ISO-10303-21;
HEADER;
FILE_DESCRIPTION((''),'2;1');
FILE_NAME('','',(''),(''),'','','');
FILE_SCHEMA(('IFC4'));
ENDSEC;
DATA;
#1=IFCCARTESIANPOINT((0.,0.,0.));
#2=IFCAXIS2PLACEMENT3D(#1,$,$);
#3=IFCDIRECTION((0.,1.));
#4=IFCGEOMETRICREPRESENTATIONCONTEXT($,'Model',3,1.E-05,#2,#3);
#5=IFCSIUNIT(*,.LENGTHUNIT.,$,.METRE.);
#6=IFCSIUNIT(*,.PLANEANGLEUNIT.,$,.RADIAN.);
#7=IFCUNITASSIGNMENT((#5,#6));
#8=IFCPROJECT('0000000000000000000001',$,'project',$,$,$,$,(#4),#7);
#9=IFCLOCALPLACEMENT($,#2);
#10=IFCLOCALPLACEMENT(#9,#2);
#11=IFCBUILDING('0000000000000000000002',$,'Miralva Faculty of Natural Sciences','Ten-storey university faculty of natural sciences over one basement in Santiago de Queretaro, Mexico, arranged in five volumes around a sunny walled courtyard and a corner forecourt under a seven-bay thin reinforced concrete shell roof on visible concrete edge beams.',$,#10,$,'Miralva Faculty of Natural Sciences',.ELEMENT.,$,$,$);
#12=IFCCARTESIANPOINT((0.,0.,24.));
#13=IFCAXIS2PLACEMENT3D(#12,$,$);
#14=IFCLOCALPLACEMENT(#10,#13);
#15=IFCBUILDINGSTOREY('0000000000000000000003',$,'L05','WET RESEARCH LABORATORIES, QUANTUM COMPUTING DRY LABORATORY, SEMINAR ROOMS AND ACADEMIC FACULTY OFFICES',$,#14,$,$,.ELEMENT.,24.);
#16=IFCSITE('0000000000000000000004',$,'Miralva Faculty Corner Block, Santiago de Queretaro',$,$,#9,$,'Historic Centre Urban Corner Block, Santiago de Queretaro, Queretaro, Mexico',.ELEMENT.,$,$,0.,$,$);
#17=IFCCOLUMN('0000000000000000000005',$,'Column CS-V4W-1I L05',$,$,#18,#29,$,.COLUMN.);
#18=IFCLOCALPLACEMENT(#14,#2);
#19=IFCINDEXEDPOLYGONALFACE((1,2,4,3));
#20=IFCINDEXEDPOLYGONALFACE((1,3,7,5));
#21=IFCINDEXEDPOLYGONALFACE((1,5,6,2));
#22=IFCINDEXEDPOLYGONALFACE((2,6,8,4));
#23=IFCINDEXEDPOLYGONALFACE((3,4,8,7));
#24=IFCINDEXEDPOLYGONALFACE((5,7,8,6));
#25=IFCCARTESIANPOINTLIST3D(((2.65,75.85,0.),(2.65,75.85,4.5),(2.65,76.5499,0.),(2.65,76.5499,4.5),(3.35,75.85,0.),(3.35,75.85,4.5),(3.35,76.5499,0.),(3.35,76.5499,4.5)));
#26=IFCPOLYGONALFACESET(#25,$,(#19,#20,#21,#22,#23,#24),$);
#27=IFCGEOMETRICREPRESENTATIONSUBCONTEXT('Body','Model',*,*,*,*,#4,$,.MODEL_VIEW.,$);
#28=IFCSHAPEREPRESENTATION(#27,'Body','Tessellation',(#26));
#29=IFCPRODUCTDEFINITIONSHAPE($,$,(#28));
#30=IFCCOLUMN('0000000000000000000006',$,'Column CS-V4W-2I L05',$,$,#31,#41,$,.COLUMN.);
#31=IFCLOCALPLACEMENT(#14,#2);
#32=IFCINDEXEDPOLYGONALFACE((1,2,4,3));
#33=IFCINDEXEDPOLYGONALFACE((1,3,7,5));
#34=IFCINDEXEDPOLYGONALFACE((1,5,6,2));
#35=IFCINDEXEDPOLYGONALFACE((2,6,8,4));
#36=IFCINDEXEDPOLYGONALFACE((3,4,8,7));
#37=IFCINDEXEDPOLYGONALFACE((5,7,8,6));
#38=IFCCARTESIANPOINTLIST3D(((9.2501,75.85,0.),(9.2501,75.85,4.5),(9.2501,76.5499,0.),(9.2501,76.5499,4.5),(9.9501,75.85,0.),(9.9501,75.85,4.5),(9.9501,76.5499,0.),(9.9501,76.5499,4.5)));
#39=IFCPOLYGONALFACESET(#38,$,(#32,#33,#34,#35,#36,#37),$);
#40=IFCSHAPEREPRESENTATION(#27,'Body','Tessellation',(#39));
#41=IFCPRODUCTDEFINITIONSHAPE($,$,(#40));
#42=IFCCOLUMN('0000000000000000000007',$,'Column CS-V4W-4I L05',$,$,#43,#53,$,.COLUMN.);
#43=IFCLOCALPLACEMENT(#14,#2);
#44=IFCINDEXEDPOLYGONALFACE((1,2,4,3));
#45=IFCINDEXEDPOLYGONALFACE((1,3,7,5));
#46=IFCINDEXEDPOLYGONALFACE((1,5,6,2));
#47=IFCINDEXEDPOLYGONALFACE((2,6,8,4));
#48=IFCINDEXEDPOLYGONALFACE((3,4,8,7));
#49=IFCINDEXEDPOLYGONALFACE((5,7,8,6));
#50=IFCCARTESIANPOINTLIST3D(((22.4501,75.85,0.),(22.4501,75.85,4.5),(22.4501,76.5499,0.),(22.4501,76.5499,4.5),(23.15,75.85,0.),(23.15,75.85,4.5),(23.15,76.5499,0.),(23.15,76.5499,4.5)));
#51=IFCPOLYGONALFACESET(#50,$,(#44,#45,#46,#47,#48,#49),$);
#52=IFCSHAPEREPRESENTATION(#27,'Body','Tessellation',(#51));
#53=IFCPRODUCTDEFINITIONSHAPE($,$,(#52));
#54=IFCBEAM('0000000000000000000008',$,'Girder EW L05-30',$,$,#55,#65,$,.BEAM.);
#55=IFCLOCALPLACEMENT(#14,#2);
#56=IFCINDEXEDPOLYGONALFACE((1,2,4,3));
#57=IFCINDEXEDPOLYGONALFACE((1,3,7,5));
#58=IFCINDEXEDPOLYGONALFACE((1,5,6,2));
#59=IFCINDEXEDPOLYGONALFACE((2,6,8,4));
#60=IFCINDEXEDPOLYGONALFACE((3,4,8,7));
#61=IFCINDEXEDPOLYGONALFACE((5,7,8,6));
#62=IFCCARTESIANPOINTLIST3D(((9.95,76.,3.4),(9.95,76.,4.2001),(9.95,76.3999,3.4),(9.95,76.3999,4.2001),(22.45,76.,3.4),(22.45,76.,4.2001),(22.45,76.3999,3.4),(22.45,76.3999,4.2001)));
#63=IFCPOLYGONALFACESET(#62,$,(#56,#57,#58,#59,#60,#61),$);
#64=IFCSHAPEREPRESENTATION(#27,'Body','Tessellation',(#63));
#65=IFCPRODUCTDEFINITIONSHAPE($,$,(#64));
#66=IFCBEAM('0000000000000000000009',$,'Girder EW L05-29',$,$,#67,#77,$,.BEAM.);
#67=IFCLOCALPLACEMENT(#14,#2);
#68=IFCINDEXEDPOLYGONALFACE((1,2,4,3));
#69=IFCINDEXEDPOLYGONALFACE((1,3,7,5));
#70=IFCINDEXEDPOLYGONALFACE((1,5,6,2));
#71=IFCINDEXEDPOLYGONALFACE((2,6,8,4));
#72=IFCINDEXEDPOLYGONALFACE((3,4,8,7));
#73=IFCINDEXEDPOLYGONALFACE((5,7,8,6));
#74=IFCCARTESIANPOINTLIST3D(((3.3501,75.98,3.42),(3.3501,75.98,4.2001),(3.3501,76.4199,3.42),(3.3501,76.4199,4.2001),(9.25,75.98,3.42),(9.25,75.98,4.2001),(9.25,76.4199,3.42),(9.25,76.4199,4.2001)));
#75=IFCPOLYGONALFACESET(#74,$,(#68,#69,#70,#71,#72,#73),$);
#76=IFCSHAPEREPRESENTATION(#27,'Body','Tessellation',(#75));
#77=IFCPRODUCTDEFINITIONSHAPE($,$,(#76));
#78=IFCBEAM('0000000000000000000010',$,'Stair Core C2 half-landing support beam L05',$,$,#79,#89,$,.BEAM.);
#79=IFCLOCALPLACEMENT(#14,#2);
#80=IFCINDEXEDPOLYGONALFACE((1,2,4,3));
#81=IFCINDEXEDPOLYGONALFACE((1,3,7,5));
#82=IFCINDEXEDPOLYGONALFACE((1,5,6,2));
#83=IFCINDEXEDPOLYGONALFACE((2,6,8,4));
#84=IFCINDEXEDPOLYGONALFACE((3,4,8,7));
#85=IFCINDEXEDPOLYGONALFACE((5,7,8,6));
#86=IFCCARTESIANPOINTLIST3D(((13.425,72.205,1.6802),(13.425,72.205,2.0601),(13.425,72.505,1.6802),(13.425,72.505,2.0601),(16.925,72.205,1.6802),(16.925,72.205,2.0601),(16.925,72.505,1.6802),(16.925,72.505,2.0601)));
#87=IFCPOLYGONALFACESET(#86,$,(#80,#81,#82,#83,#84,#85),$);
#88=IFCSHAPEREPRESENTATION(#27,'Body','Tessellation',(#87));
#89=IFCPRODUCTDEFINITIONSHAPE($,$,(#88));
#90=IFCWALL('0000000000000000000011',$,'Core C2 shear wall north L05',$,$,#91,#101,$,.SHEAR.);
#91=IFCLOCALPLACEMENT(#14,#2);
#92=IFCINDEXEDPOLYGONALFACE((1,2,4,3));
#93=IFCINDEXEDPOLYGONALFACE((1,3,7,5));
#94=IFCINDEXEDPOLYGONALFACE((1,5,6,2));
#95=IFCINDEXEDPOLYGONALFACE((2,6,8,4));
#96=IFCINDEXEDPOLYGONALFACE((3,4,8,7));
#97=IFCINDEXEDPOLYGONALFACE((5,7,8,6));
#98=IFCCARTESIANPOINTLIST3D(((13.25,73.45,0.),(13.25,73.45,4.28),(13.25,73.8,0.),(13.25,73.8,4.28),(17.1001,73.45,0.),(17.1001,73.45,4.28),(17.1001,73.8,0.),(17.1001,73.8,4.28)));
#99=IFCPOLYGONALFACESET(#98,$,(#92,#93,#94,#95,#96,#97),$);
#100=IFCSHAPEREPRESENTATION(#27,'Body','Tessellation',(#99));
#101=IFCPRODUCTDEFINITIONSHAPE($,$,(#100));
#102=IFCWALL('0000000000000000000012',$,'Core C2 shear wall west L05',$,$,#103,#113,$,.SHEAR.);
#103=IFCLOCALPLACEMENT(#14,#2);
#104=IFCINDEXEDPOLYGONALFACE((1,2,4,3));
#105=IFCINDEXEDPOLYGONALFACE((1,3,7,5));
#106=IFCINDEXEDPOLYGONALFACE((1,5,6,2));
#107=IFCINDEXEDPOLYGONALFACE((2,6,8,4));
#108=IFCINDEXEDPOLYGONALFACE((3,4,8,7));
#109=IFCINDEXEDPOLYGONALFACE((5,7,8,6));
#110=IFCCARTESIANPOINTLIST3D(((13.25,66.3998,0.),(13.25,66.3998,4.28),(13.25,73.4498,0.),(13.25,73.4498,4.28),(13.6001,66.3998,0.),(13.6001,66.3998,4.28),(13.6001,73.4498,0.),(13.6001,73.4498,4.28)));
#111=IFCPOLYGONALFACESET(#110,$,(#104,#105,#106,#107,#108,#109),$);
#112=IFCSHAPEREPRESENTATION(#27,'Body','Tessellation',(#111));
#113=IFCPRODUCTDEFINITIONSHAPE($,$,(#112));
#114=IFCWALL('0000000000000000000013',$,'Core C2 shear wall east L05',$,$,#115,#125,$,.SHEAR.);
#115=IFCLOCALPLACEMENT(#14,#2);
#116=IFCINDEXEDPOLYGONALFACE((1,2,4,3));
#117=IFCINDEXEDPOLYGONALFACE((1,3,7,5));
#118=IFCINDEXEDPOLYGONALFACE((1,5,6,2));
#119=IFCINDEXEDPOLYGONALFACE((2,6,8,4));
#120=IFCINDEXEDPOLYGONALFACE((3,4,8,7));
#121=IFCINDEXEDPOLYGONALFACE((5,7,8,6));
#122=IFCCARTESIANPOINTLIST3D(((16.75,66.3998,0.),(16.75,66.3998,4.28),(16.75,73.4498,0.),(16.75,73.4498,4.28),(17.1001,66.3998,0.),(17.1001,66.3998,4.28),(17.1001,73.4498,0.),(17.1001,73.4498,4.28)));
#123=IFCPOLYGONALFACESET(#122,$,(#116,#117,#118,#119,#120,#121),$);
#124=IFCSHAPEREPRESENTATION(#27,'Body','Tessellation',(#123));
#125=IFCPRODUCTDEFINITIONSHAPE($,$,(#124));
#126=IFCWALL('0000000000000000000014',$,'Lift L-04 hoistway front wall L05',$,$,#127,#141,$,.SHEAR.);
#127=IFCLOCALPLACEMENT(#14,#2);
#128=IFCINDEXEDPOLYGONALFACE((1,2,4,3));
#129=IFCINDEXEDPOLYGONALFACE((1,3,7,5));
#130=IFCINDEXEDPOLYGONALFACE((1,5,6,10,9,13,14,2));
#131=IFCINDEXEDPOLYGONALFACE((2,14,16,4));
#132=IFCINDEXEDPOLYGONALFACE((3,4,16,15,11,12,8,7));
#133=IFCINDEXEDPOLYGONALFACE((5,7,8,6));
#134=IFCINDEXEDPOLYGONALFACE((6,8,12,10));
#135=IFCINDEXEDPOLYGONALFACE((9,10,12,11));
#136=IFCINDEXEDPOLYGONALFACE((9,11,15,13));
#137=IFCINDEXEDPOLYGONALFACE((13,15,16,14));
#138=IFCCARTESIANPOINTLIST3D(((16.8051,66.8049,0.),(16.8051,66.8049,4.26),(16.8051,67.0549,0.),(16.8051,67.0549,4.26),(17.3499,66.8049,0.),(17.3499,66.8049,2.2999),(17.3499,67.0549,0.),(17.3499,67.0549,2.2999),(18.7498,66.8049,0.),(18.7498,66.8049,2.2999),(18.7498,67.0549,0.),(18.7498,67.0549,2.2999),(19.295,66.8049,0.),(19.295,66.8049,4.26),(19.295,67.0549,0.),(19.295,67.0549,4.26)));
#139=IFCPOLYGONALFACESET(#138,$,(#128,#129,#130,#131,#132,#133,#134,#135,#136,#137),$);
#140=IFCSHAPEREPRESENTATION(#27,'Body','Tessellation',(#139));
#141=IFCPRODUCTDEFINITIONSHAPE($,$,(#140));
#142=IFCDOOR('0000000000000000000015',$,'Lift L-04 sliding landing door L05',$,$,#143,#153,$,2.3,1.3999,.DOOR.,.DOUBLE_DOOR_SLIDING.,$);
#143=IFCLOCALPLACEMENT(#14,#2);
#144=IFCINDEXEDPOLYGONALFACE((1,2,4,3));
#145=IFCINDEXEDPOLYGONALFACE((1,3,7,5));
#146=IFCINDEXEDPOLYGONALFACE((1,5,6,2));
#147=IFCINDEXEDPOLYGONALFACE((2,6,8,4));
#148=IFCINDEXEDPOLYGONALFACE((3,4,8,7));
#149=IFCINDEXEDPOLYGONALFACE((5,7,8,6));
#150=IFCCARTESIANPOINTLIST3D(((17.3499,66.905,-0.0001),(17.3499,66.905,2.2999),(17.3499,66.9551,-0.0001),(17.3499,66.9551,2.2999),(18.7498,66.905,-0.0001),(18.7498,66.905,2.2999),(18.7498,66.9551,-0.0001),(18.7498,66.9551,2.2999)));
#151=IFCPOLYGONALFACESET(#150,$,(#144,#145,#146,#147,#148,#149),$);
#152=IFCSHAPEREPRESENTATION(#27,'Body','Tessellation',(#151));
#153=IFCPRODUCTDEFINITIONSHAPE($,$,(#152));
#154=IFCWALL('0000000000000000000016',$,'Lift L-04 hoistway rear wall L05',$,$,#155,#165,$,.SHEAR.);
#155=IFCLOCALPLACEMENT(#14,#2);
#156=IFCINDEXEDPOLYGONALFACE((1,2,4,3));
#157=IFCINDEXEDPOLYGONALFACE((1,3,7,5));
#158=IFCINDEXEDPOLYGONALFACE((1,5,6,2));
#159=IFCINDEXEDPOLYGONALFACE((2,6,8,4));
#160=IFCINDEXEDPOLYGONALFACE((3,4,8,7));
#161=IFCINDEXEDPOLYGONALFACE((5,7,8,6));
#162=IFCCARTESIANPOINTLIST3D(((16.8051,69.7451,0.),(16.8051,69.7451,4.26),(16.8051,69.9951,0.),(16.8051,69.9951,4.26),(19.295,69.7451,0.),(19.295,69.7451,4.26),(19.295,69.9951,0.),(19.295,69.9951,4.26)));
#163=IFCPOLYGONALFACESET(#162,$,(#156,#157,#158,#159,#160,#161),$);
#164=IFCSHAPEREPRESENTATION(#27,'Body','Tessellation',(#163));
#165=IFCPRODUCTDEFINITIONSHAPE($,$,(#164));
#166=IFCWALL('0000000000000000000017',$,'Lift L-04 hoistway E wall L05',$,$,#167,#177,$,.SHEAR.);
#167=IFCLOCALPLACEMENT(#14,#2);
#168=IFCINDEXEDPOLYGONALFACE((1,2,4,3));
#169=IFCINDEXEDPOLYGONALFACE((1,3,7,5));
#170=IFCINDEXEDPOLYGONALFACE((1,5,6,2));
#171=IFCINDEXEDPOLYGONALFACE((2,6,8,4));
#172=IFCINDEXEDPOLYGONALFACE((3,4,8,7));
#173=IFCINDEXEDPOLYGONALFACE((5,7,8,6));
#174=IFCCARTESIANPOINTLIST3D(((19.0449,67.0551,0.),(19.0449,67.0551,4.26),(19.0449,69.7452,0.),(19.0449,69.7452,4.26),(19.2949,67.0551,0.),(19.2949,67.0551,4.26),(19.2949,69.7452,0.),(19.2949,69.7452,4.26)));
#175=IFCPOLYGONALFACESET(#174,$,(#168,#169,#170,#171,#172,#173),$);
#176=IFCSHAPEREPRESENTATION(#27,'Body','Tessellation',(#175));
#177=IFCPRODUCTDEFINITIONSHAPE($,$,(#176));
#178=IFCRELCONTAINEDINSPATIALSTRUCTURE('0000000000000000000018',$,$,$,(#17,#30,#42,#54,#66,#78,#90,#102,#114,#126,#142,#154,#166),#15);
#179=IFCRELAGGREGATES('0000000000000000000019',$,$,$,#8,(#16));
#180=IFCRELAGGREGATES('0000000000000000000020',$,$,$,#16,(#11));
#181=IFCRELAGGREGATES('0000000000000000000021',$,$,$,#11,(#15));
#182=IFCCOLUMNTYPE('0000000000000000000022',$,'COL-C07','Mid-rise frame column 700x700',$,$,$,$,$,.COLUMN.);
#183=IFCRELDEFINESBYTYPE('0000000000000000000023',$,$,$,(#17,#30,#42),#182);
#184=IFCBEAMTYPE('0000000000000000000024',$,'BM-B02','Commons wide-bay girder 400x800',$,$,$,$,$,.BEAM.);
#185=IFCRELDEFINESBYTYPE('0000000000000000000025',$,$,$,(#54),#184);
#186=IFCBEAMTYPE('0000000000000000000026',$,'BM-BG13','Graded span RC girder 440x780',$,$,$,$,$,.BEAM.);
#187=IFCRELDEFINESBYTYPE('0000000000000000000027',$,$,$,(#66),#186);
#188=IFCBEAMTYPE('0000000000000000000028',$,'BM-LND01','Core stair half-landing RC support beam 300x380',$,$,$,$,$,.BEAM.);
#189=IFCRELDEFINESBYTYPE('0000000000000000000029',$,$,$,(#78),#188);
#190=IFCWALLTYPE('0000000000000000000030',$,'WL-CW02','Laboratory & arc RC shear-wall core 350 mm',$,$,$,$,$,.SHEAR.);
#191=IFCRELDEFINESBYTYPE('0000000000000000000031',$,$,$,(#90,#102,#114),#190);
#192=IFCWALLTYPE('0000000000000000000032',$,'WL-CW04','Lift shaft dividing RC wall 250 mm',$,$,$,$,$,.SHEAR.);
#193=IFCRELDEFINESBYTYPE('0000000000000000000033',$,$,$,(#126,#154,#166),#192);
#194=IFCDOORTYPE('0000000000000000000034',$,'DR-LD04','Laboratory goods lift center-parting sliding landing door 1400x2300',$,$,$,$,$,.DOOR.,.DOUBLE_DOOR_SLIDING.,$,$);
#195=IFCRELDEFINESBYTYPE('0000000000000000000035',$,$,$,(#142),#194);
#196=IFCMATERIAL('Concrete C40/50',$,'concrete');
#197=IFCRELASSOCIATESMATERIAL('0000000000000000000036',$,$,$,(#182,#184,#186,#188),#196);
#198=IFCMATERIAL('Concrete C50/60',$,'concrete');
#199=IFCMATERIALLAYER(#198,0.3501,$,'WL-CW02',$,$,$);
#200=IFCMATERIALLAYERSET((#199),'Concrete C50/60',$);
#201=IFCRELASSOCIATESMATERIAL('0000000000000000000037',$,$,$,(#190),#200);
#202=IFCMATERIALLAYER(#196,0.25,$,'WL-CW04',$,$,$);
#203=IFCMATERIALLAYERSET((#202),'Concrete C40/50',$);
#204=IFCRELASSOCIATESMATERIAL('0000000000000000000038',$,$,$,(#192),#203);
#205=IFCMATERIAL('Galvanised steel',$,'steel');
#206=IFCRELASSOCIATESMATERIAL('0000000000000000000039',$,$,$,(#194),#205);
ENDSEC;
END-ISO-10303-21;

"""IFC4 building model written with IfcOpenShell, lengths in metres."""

from ifc_helpers import new_model, si_unit, direction, frame, frame_2d, origin, origin_2d, place, context, subcontext, project, spatial, rectangle, extrude, material, layer, layer_set, material_profile, profile_set, type_object, element, fill, save


model = new_model("IFC4")

# Units and contexts
model_context = context("Model", 3, precision=1e-05, world=origin(), true_north=direction((0.0, 1.0)))
body_context = subcontext(model_context, "Body", "Model", "MODEL_VIEW")
ifc_project = project(units=[si_unit("LENGTHUNIT", "METRE"), si_unit("PLANEANGLEUNIT", "RADIAN")], contexts=[model_context])

# Site, building, storey
site_placement = place(None, origin())
site = spatial("IfcSite", under=ifc_project, at=site_placement, Name="Miralva Faculty Corner Block, Santiago de Queretaro", LongName="Historic Centre Urban Corner Block, Santiago de Queretaro, Queretaro, Mexico", CompositionType="ELEMENT", RefElevation=0.0)
building_placement = place(site_placement, origin())
building = spatial("IfcBuilding", under=site, at=building_placement, Name="Miralva Faculty of Natural Sciences", Description="Ten-storey university faculty of natural sciences over one basement in Santiago de Queretaro, Mexico, arranged in five volumes around a sunny walled courtyard and a corner forecourt under a seven-bay thin reinforced concrete shell roof on visible concrete edge beams.", LongName="Miralva Faculty of Natural Sciences", CompositionType="ELEMENT")
storey_placement = place(building_placement, frame((0.0, 0.0, 24.0)))
storey = spatial("IfcBuildingStorey", under=building, at=storey_placement, Name="L05", Description="WET RESEARCH LABORATORIES, QUANTUM COMPUTING DRY LABORATORY, SEMINAR ROOMS AND ACADEMIC FACULTY OFFICES", CompositionType="ELEMENT", Elevation=24.0)

# Columns
ifc_material_1 = material(Name="Concrete C40/50", Category="concrete")
ifc_material_profile_1 = material_profile(ifc_material_1, rectangle(XDim=0.7, YDim=0.7, at=origin_2d()), Name="RC 700x700")
ifc_profile_set_1 = profile_set([ifc_material_profile_1], Name="Concrete C40/50")
column_type = type_object("IfcColumnType", Name="COL-C07", Description="Mid-rise frame column 700x700", PredefinedType="COLUMN", material=ifc_profile_set_1)
for number, where, z_axis, x_axis, name in (
    (1, (3.0, 76.2, 0.0), (0.0, 0.0, 1.0), (1.0, 0.0, 0.0), "Column CS-V4W-1I L05"),
    (2, (9.6001, 76.2, 0.0), (0.0, 0.0, 1.0), (1.0, 0.0, 0.0), "Column CS-V4W-2I L05"),
    (3, (22.8, 76.2, 0.0), (0.0, 0.0, 1.0), (1.0, 0.0, 0.0), "Column CS-V4W-4I L05"),
):
    element("IfcColumn", number, at=place(storey_placement, frame(where, z_axis=z_axis, x_axis=x_axis)), inside=storey, type_object=column_type, Name=name, PredefinedType="COLUMN", context=body_context, shape_type="SweptSolid", body=[
        extrude(rectangle(XDim=0.7, YDim=0.7, at=origin_2d()), origin(), (0.0, 0.0, 1.0), 4.5),
    ])

# Beams
ifc_material_profile_2 = material_profile(ifc_material_1, rectangle(XDim=0.3999, YDim=0.8, at=origin_2d()), Name="RC 400x800")
ifc_profile_set_2 = profile_set([ifc_material_profile_2], Name="Concrete C40/50")
beam_type_1 = type_object("IfcBeamType", Name="BM-B02", Description="Commons wide-bay girder 400x800", PredefinedType="BEAM", material=ifc_profile_set_2)
beam_1_placement = place(storey_placement, frame((9.95, 76.2, 3.8), z_axis=(1.0, 0.0, 0.0), x_axis=(0.0, 1.0, 0.0)))
element("IfcBeam", 4, at=beam_1_placement, inside=storey, type_object=beam_type_1, Name="Girder EW L05-30", PredefinedType="BEAM", context=body_context, shape_type="SweptSolid", body=[
    extrude(rectangle(XDim=0.3999, YDim=0.8, at=origin_2d()), origin(), (0.0, 0.0, 1.0), 12.5),
])
ifc_material_profile_3 = material_profile(ifc_material_1, rectangle(XDim=0.4399, YDim=0.78, at=origin_2d()), Name="RC 440x780")
ifc_profile_set_3 = profile_set([ifc_material_profile_3], Name="Concrete C40/50")
beam_type_2 = type_object("IfcBeamType", Name="BM-BG13", Description="Graded span RC girder 440x780", PredefinedType="BEAM", material=ifc_profile_set_3)
beam_2_placement = place(storey_placement, frame((3.3501, 76.2, 3.8101), z_axis=(1.0, 0.0, 0.0), x_axis=(0.0, 1.0, 0.0)))
element("IfcBeam", 5, at=beam_2_placement, inside=storey, type_object=beam_type_2, Name="Girder EW L05-29", PredefinedType="BEAM", context=body_context, shape_type="SweptSolid", body=[
    extrude(rectangle(XDim=0.4399, YDim=0.78, at=origin_2d()), origin(), (0.0, 0.0, 1.0), 5.8999),
])
ifc_material_profile_4 = material_profile(ifc_material_1, rectangle(XDim=0.3, YDim=0.3799, at=origin_2d()), Name="RC 300x380")
ifc_profile_set_4 = profile_set([ifc_material_profile_4], Name="Concrete C40/50")
beam_type_3 = type_object("IfcBeamType", Name="BM-LND01", Description="Core stair half-landing RC support beam 300x380", PredefinedType="BEAM", material=ifc_profile_set_4)
beam_3_placement = place(storey_placement, frame((13.425, 72.355, 1.8701), z_axis=(1.0, 0.0, 0.0), x_axis=(0.0, 1.0, 0.0)))
element("IfcBeam", 6, at=beam_3_placement, inside=storey, type_object=beam_type_3, Name="Stair Core C2 half-landing support beam L05", PredefinedType="BEAM", context=body_context, shape_type="SweptSolid", body=[
    extrude(rectangle(XDim=0.3, YDim=0.3799, at=origin_2d()), origin(), (0.0, 0.0, 1.0), 3.5),
])

# Walls
ifc_material_2 = material(Name="Concrete C50/60", Category="concrete")
ifc_layer_1 = layer(ifc_material_2, 0.3501, Name="WL-CW02")
ifc_layer_set_1 = layer_set([ifc_layer_1], Name="Concrete C50/60")
wall_type_1 = type_object("IfcWallType", Name="WL-CW02", Description="Laboratory & arc RC shear-wall core 350 mm", PredefinedType="SHEAR", material=ifc_layer_set_1)
wall_1_placement = place(storey_placement, frame((13.25, 73.625, 0.0), z_axis=(0.0, 0.0, 1.0), x_axis=(1.0, 0.0, 0.0)))
element("IfcWall", 7, at=wall_1_placement, inside=storey, type_object=wall_type_1, Name="Core C2 shear wall north L05", PredefinedType="SHEAR", context=body_context, shape_type="SweptSolid", body=[
    extrude(rectangle(XDim=3.8501, YDim=0.3501, at=frame_2d((1.925, 0.0))), origin(), (0.0, 0.0, 1.0), 4.28),
])
for number, where, z_axis, x_axis, name in (
    (8, (13.425, 66.3999, 0.0), (0.0, 0.0, 1.0), (0.0, 1.0, 0.0), "Core C2 shear wall west L05"),
    (9, (16.925, 66.3999, 0.0), (0.0, 0.0, 1.0), (0.0, 1.0, 0.0), "Core C2 shear wall east L05"),
):
    element("IfcWall", number, at=place(storey_placement, frame(where, z_axis=z_axis, x_axis=x_axis)), inside=storey, type_object=wall_type_1, Name=name, PredefinedType="SHEAR", context=body_context, shape_type="SweptSolid", body=[
        extrude(rectangle(XDim=7.05, YDim=0.3501, at=frame_2d((3.5249, 0.0))), origin(), (0.0, 0.0, 1.0), 4.28),
    ])

# Wall, opening, door
ifc_layer_2 = layer(ifc_material_1, 0.25, Name="WL-CW04")
ifc_layer_set_2 = layer_set([ifc_layer_2], Name="Concrete C40/50")
wall_type_2 = type_object("IfcWallType", Name="WL-CW04", Description="Lift shaft dividing RC wall 250 mm", PredefinedType="SHEAR", material=ifc_layer_set_2)
wall_2_placement = place(storey_placement, frame((16.8049, 66.9299, 0.0), z_axis=(0.0, 0.0, 1.0), x_axis=(1.0, 0.0, 0.0)))
wall_2 = element("IfcWall", 10, at=wall_2_placement, inside=storey, type_object=wall_type_2, Name="Lift L-04 hoistway front wall L05", PredefinedType="SHEAR", context=body_context, shape_type="SweptSolid", body=[
    extrude(rectangle(XDim=2.49, YDim=0.25, at=frame_2d((1.2451, 0.0))), origin(), (0.0, 0.0, 1.0), 4.26),
])
opening_1_placement = place(wall_2_placement, frame((0.5449, 0.0, 0.0)))
opening_1 = element("IfcOpeningElement", 11, at=opening_1_placement, cuts=wall_2, PredefinedType="OPENING", context=body_context, shape_type="SweptSolid", body=[
    extrude(rectangle(XDim=1.3999, YDim=2.3, at=frame_2d((0.7, 1.1499))), frame((0.0, 0.135, 0.0), z_axis=(0.0, -1.0, 0.0), x_axis=(1.0, 0.0, 0.0)), (0.0, 0.0, 1.0), 0.27),
])
ifc_material_3 = material(Name="Galvanised steel", Category="steel")
door_type = type_object("IfcDoorType", Name="DR-LD04", Description="Laboratory goods lift center-parting sliding landing door 1400x2300", OperationType="DOUBLE_DOOR_SLIDING", PredefinedType="DOOR", material=ifc_material_3)
door_placement = place(opening_1_placement, frame((1.3999, 0.0, 0.0), z_axis=(0.0, 0.0, 1.0), x_axis=(-1.0, 0.0, 0.0)))
door = element("IfcDoor", 12, at=door_placement, inside=storey, type_object=door_type, Name="Lift L-04 sliding landing door L05", OperationType="DOUBLE_DOOR_SLIDING", OverallHeight=2.3, OverallWidth=1.3999, PredefinedType="DOOR", context=body_context, shape_type="SweptSolid", body=[
    extrude(rectangle(XDim=1.3999, YDim=2.3, at=frame_2d((0.7, 1.1499))), frame((0.0, 0.0249, 0.0), z_axis=(0.0, -1.0, 0.0), x_axis=(1.0, 0.0, 0.0)), (0.0, 0.0, 1.0), 0.05),
])
fill(opening_1, door)

# Walls
wall_3_placement = place(storey_placement, frame((16.8049, 69.8701, 0.0), z_axis=(0.0, 0.0, 1.0), x_axis=(1.0, 0.0, 0.0)))
element("IfcWall", 13, at=wall_3_placement, inside=storey, type_object=wall_type_2, Name="Lift L-04 hoistway rear wall L05", PredefinedType="SHEAR", context=body_context, shape_type="SweptSolid", body=[
    extrude(rectangle(XDim=2.49, YDim=0.25, at=frame_2d((1.2451, 0.0))), origin(), (0.0, 0.0, 1.0), 4.26),
])
wall_4_placement = place(storey_placement, frame((19.1699, 67.0549, 0.0), z_axis=(0.0, 0.0, 1.0), x_axis=(0.0, 1.0, 0.0)))
element("IfcWall", 14, at=wall_4_placement, inside=storey, type_object=wall_type_2, Name="Lift L-04 hoistway E wall L05", PredefinedType="SHEAR", context=body_context, shape_type="SweptSolid", body=[
    extrude(rectangle(XDim=2.6902, YDim=0.25, at=frame_2d((1.3452, 0.0))), origin(), (0.0, 0.0, 1.0), 4.26),
])

save(model, "model.ifc")
